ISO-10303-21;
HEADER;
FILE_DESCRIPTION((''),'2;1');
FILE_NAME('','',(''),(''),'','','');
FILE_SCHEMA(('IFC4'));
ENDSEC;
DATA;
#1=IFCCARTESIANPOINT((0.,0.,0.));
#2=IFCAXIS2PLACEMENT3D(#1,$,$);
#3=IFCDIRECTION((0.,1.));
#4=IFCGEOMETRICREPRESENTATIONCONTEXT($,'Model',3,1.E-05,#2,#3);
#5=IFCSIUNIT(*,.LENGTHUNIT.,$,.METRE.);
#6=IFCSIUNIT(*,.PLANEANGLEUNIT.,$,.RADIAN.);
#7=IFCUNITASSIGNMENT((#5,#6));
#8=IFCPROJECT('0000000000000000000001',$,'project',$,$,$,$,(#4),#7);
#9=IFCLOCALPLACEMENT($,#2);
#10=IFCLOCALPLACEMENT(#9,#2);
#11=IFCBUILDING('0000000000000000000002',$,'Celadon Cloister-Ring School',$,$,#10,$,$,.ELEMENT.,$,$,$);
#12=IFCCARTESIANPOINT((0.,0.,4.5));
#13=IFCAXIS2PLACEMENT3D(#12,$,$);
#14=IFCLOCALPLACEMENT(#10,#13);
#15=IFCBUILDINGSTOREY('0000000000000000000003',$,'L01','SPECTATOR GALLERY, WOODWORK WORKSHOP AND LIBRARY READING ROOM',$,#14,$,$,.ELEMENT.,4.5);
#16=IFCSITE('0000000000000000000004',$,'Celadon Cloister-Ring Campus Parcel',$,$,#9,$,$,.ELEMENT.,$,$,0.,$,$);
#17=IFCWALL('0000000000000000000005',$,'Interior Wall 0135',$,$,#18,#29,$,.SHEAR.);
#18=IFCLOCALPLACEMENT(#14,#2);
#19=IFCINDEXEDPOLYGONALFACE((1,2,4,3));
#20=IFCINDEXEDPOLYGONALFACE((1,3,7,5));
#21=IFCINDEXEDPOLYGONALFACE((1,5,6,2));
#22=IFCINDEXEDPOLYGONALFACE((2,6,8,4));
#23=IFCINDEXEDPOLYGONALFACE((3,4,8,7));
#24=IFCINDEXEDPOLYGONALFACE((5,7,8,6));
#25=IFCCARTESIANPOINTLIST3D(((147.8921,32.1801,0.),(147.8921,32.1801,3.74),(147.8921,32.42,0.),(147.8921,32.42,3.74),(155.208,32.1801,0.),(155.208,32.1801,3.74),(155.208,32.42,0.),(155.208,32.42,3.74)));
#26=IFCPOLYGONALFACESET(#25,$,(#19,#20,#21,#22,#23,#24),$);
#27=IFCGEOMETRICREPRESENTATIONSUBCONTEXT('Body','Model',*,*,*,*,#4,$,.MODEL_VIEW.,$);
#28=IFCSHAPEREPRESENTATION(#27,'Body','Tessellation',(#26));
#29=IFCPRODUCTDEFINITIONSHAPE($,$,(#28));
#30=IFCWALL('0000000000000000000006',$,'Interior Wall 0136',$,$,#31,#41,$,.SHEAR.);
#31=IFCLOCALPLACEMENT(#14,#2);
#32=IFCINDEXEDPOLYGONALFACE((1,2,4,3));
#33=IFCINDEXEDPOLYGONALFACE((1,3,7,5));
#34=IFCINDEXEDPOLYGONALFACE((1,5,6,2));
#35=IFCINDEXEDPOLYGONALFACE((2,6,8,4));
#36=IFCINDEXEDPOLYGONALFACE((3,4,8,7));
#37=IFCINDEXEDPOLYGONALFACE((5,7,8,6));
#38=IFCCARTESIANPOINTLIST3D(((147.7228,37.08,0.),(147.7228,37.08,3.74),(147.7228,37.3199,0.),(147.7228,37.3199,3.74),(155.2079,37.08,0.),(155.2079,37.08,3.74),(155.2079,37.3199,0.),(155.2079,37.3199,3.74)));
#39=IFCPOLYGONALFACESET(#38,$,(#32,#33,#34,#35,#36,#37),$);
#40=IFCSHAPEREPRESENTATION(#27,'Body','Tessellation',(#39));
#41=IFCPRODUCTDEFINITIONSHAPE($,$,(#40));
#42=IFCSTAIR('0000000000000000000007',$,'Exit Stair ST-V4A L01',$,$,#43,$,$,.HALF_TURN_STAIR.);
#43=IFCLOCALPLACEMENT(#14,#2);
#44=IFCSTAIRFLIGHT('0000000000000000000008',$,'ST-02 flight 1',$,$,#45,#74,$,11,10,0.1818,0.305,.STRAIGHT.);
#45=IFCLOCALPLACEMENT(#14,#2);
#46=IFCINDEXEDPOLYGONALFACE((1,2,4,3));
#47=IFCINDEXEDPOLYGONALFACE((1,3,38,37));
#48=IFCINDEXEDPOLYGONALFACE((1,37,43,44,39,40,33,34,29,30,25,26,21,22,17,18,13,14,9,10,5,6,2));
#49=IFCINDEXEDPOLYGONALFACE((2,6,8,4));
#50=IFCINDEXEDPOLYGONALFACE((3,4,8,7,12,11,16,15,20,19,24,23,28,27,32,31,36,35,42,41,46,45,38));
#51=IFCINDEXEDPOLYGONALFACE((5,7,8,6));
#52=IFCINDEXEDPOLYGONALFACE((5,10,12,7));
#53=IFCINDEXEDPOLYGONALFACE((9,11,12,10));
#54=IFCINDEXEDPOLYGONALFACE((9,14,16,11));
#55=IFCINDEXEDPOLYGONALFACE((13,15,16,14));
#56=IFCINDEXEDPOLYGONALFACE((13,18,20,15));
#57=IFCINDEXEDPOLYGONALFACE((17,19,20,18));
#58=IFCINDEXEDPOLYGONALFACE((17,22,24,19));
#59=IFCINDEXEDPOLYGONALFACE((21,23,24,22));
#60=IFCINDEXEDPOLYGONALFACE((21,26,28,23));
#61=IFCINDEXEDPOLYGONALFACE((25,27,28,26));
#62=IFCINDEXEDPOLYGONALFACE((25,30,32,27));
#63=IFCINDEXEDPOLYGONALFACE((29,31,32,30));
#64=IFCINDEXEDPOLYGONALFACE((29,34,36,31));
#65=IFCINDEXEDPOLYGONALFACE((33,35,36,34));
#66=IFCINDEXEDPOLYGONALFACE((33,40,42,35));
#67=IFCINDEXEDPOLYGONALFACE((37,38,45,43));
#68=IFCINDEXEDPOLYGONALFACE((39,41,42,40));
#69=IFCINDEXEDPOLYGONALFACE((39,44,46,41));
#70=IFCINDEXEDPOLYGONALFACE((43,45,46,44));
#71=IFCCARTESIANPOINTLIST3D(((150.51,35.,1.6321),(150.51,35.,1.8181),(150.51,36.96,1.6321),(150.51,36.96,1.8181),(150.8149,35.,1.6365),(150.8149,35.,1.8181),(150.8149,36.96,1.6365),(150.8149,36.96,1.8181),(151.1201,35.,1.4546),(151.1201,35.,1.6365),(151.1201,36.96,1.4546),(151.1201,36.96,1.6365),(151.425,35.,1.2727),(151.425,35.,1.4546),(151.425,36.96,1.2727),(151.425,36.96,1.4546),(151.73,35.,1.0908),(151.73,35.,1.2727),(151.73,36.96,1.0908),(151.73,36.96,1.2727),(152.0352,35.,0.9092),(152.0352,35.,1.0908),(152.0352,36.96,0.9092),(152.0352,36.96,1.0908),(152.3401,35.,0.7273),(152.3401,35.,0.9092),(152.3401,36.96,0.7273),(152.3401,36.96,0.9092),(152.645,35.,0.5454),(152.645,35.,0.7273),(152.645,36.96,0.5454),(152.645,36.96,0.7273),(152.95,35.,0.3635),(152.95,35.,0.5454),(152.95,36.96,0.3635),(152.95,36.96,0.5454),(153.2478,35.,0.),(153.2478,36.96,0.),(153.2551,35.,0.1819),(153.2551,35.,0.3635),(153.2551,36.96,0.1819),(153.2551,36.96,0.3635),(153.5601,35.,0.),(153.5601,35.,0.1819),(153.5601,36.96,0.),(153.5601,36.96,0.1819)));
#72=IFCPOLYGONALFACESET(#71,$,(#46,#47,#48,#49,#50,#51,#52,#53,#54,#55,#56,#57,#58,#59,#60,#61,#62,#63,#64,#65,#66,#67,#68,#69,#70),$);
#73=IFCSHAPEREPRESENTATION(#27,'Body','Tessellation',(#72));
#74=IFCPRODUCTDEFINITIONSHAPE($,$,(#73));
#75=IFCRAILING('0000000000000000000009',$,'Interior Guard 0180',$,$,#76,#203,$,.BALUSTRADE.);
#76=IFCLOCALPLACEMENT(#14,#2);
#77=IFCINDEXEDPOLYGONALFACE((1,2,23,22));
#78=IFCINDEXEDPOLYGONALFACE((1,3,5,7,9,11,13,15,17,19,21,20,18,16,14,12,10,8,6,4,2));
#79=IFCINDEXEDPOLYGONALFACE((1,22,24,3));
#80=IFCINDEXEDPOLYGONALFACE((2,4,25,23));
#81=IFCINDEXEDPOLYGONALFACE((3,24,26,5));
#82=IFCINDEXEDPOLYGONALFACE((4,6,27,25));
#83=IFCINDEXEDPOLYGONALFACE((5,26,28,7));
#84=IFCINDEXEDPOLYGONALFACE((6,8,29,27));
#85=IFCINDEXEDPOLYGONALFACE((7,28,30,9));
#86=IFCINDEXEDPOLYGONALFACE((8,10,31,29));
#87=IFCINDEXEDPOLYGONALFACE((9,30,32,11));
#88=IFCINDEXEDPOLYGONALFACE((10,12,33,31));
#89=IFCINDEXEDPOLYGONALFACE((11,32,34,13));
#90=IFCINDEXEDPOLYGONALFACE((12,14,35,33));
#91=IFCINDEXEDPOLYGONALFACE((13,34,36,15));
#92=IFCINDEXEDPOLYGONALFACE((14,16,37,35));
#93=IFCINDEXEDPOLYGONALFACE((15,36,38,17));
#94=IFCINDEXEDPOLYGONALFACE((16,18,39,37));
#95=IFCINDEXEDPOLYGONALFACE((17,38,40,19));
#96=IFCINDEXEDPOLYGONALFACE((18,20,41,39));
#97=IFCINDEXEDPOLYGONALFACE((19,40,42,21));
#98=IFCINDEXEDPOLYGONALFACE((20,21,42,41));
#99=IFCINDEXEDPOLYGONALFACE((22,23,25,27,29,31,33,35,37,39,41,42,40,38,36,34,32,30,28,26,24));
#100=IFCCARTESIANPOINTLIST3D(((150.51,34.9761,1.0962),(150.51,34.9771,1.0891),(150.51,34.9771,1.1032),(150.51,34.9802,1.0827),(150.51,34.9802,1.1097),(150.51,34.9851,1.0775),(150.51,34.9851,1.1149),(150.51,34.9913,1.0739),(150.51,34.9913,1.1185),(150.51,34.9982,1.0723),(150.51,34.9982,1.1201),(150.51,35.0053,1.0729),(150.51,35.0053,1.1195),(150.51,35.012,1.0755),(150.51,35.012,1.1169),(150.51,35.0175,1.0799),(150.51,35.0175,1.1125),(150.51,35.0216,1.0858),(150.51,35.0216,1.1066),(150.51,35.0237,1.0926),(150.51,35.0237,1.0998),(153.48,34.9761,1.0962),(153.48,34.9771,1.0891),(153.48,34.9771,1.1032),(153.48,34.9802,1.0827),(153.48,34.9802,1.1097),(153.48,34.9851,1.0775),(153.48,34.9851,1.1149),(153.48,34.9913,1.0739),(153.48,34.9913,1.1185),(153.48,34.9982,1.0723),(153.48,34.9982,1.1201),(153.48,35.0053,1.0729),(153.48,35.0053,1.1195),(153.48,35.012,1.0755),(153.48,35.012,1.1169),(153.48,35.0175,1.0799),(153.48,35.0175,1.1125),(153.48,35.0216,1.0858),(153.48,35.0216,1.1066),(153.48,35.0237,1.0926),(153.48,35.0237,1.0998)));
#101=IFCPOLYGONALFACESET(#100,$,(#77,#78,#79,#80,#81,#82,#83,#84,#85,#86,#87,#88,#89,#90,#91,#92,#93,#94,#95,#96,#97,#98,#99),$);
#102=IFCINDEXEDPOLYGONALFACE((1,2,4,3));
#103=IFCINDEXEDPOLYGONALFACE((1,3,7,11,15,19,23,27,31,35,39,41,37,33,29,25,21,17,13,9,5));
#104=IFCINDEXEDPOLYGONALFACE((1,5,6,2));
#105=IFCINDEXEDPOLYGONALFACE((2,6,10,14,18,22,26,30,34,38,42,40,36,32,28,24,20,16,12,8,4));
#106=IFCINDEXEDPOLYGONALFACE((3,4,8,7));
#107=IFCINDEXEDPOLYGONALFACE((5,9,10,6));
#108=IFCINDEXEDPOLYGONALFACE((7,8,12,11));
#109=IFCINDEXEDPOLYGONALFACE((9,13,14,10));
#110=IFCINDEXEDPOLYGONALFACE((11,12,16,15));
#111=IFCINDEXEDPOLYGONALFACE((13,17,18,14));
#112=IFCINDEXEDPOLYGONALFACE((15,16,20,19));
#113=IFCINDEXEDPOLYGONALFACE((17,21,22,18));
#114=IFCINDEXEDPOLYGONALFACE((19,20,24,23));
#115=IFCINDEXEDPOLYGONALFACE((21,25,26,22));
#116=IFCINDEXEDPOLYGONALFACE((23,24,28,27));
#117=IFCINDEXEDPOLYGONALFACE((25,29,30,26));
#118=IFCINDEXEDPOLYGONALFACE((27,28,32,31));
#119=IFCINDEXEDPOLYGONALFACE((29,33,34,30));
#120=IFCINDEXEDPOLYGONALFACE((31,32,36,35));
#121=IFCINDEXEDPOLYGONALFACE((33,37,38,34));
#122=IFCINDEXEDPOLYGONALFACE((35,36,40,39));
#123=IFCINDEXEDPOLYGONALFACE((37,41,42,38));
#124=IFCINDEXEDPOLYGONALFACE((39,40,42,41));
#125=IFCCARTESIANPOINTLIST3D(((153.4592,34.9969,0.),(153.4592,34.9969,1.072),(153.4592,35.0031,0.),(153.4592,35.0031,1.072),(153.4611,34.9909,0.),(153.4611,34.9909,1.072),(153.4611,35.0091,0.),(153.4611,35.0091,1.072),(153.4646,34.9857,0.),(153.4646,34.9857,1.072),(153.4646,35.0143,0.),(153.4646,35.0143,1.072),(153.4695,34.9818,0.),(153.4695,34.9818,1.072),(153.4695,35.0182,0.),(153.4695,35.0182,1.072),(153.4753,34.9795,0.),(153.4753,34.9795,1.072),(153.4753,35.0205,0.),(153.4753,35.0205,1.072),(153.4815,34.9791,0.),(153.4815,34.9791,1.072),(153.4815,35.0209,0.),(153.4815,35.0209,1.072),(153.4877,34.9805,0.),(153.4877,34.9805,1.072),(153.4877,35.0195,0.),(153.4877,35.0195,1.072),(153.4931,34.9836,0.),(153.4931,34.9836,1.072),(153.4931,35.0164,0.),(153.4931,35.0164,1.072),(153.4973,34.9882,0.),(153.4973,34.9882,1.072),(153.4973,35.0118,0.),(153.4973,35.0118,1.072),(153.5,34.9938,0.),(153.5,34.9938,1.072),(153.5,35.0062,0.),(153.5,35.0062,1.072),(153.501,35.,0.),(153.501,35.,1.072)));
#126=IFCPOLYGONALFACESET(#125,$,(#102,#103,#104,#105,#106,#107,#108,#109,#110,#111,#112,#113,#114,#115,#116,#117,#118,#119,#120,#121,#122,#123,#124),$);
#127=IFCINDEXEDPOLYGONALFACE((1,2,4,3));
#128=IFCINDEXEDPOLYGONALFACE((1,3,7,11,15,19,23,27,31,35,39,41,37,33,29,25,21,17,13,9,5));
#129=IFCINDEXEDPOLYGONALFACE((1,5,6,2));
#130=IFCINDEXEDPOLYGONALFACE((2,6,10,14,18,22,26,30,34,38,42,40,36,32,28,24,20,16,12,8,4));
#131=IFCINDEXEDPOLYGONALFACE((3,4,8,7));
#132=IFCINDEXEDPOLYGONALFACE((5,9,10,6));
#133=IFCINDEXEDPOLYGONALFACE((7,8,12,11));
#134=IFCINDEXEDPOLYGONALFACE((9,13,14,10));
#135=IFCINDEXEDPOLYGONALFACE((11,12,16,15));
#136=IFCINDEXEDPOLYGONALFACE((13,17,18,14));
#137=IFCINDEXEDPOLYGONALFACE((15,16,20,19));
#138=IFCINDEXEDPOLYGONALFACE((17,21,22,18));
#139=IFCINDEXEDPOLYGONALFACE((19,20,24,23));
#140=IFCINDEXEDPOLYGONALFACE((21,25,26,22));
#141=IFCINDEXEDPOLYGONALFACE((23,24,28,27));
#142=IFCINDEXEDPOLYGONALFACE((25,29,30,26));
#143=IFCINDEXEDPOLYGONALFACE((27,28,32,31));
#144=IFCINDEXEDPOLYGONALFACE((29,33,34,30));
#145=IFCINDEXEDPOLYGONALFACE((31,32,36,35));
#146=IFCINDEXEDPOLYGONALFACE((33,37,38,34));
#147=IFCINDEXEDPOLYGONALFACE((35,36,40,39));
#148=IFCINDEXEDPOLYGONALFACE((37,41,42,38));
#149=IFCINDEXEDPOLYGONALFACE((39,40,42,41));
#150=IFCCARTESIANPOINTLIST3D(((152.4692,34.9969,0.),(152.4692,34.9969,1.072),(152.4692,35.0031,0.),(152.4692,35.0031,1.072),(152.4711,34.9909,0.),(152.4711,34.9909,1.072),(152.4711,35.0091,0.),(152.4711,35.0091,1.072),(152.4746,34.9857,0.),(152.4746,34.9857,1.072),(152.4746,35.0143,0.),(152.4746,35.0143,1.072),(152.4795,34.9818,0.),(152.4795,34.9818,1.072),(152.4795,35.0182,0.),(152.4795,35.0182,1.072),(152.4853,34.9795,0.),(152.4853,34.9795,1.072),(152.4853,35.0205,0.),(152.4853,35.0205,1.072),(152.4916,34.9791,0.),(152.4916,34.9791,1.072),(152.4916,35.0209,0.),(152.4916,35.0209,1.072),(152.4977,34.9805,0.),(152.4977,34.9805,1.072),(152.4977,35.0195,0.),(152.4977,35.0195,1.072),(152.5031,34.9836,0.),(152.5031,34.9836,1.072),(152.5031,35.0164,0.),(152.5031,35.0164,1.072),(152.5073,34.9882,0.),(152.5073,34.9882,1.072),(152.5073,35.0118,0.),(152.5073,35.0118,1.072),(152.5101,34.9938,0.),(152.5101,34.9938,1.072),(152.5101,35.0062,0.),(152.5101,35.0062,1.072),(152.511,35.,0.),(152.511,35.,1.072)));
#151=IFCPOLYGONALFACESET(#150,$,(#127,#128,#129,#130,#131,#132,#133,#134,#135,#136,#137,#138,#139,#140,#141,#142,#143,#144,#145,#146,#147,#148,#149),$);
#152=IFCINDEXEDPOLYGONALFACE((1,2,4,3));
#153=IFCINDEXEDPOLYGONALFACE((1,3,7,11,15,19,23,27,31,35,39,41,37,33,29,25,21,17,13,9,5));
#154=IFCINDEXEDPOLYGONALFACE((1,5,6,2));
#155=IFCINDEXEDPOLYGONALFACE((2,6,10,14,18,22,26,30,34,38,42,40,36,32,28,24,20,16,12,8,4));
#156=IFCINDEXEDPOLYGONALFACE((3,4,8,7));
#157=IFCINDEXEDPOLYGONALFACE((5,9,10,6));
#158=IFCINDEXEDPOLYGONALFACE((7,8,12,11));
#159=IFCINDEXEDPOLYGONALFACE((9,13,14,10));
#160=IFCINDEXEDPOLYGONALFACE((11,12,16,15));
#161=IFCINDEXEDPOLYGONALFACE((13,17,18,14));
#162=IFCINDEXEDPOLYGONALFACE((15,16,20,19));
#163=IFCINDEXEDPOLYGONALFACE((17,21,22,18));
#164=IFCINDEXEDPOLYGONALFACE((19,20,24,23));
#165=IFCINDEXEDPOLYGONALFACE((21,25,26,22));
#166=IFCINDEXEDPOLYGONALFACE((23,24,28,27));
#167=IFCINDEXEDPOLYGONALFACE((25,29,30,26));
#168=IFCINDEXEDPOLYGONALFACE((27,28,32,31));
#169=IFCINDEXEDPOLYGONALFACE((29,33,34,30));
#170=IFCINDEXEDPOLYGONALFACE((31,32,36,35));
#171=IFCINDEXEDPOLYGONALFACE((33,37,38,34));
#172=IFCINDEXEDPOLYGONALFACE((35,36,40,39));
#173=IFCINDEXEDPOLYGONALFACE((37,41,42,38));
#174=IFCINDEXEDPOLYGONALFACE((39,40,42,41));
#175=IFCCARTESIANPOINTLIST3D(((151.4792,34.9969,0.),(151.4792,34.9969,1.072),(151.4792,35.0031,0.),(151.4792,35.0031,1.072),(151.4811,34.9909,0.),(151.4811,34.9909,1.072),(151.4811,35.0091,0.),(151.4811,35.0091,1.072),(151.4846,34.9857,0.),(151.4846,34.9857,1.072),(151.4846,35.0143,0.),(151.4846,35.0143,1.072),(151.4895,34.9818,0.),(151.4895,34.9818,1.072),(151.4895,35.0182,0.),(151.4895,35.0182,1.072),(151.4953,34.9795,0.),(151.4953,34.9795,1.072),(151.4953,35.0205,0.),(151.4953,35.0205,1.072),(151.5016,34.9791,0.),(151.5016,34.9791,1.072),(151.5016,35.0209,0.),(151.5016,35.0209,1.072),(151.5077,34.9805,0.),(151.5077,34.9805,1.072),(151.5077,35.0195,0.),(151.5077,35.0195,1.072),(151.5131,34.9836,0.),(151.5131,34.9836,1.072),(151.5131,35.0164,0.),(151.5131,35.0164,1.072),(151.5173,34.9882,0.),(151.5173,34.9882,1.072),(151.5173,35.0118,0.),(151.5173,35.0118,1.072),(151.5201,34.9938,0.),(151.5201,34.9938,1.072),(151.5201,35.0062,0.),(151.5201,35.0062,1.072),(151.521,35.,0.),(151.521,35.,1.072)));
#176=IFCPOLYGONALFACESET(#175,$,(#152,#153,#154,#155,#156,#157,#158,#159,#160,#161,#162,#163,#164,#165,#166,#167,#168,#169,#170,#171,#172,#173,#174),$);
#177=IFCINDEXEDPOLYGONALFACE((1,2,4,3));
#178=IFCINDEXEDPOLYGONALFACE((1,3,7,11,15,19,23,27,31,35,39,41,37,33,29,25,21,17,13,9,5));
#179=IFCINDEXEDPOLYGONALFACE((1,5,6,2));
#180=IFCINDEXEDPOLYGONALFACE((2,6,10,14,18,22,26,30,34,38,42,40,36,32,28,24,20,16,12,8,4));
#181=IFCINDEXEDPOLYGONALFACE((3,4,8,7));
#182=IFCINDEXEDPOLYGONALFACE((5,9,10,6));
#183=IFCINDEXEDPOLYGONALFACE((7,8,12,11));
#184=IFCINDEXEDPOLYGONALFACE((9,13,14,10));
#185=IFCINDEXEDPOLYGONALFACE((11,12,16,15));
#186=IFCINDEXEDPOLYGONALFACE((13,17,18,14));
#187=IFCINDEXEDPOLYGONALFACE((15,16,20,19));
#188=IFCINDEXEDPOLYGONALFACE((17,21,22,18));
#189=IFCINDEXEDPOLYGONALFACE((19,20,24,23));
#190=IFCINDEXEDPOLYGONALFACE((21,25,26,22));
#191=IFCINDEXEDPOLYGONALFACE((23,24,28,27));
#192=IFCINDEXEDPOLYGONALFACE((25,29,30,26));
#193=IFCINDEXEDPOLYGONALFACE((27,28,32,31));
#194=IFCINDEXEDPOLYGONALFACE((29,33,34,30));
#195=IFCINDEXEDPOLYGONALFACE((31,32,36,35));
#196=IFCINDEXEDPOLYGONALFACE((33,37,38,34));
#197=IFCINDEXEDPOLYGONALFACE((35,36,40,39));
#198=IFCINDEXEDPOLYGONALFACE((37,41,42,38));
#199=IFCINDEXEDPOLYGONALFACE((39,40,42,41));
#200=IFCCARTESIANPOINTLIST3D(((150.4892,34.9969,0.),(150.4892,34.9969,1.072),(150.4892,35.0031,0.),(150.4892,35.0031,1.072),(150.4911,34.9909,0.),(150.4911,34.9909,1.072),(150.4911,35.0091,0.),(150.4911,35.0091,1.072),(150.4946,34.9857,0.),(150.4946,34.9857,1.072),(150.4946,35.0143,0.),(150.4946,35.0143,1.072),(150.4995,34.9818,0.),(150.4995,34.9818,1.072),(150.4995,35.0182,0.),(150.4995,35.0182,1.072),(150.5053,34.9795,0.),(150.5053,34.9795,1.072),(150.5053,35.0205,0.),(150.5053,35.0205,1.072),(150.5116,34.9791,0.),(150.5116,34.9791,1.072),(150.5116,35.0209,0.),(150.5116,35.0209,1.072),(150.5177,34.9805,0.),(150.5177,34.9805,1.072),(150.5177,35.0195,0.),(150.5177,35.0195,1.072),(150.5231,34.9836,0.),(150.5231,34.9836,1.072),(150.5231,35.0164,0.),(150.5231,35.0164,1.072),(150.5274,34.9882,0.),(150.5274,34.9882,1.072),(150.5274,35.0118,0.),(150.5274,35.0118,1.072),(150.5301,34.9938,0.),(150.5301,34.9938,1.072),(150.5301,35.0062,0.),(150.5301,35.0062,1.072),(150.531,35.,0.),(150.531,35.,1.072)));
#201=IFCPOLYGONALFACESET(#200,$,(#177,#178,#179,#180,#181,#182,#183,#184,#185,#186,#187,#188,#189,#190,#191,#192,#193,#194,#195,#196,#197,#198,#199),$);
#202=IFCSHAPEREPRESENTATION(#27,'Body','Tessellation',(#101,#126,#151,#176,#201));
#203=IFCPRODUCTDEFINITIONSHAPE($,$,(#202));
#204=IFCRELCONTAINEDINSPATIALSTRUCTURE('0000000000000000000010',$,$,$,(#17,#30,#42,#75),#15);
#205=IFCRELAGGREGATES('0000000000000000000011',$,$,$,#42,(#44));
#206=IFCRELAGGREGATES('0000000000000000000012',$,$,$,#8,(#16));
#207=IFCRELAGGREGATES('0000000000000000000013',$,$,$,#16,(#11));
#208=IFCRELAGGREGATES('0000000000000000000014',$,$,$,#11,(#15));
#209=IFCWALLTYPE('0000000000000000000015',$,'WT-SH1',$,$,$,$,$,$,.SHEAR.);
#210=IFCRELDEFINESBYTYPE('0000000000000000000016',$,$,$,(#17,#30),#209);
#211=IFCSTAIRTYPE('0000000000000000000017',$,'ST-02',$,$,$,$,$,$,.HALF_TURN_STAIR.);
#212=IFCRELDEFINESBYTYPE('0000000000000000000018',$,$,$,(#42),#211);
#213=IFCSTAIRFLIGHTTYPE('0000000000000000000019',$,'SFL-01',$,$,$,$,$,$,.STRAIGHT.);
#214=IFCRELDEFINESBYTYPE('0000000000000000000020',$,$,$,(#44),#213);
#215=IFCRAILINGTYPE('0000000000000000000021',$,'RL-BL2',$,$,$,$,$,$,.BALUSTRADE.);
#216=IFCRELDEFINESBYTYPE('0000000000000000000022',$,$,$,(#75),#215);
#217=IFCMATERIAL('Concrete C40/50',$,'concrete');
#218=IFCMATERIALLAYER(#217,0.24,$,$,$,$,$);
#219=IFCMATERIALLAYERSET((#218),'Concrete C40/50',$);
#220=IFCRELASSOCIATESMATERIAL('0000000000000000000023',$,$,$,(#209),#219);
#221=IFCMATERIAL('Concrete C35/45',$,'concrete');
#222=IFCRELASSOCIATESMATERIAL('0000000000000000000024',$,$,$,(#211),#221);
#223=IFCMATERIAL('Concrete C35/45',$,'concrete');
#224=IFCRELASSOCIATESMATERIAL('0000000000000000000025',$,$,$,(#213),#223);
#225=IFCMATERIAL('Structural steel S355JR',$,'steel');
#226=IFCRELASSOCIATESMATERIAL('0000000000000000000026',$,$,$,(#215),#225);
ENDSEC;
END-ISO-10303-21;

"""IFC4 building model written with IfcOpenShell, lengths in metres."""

from ifc_helpers import new_model, si_unit, direction, frame, frame_2d, origin, origin_2d, place, context, subcontext, project, spatial, polyline, rectangle, circle, outline, extrude, material, layer, layer_set, type_object, element, aggregate, save


model = new_model("IFC4")

# Units and contexts
model_context = context("Model", 3, precision=1e-05, world=origin(), true_north=direction((0.0, 1.0)))
body_context = subcontext(model_context, "Body", "Model", "MODEL_VIEW")
ifc_project = project(units=[si_unit("LENGTHUNIT", "METRE"), si_unit("PLANEANGLEUNIT", "RADIAN")], contexts=[model_context])

# Site, building, storey
site_placement = place(None, origin())
site = spatial("IfcSite", under=ifc_project, at=site_placement, Name="Celadon Cloister-Ring Campus Parcel", CompositionType="ELEMENT", RefElevation=0.0)
building_placement = place(site_placement, origin())
building = spatial("IfcBuilding", under=site, at=building_placement, Name="Celadon Cloister-Ring School", CompositionType="ELEMENT")
storey_placement = place(building_placement, frame((0.0, 0.0, 4.5)))
storey = spatial("IfcBuildingStorey", under=building, at=storey_placement, Name="L01", Description="SPECTATOR GALLERY, WOODWORK WORKSHOP AND LIBRARY READING ROOM", CompositionType="ELEMENT", Elevation=4.5)

# Shared definitions
ifc_material_1 = material(Name="Concrete C40/50", Category="concrete")
ifc_layer_1 = layer(ifc_material_1, 0.24)
ifc_layer_set_1 = layer_set([ifc_layer_1], Name="Concrete C40/50")
wall_type_1 = type_object("IfcWallType", Name="WT-SH1", PredefinedType="SHEAR", material=ifc_layer_set_1)

# Walls
wall_1_placement = place(storey_placement, frame((155.208, 32.3, 0.0), z_axis=(0.0, 0.0, 1.0), x_axis=(-1.0, 0.0, 0.0)))
element("IfcWall", 1, at=wall_1_placement, inside=storey, type_object=wall_type_1, Name="Interior Wall 0135", PredefinedType="SHEAR", context=body_context, shape_type="SweptSolid", body=[
    extrude(rectangle(XDim=7.3159, YDim=0.24, at=frame_2d((3.658, 0.0))), origin(), (0.0, 0.0, 1.0), 3.74),
])
wall_2_placement = place(storey_placement, frame((155.208, 37.2, 0.0), z_axis=(0.0, 0.0, 1.0), x_axis=(-1.0, 0.0, 0.0)))
element("IfcWall", 2, at=wall_2_placement, inside=storey, type_object=wall_type_1, Name="Interior Wall 0136", PredefinedType="SHEAR", context=body_context, shape_type="SweptSolid", body=[
    extrude(rectangle(XDim=7.4851, YDim=0.24, at=frame_2d((3.7427, 0.0))), origin(), (0.0, 0.0, 1.0), 3.74),
])

# Stair, stair flight
ifc_material_2 = material(Name="Concrete C35/45", Category="concrete")
stair_type = type_object("IfcStairType", Name="ST-02", PredefinedType="HALF_TURN_STAIR", material=ifc_material_2)
stair_placement = place(storey_placement, origin())
stair = element("IfcStair", 3, at=stair_placement, inside=storey, type_object=stair_type, Name="Exit Stair ST-V4A L01", PredefinedType="HALF_TURN_STAIR")
ifc_material_3 = material(Name="Concrete C35/45", Category="concrete")
stair_flight_type = type_object("IfcStairFlightType", Name="SFL-01", PredefinedType="STRAIGHT", material=ifc_material_3)
stair_flight_placement = place(storey_placement, frame((153.5601, 35.98, 0.0), z_axis=(0.0, 0.0, 1.0), x_axis=(-1.0, 0.0, 0.0)))
stair_flight = element("IfcStairFlight", 4, at=stair_flight_placement, type_object=stair_flight_type, Name="ST-02 flight 1", NumberOfRisers=11, NumberOfTreads=10, PredefinedType="STRAIGHT", RiserHeight=0.1818, TreadLength=0.305, context=body_context, shape_type="SweptSolid", body=[
    extrude(outline(polyline([(0.0, 0.0), (0.0, 0.1819), (0.3049, 0.1819), (0.3049, 0.3635), (0.6101, 0.3635), (0.6101, 0.5454), (0.915, 0.5454), (0.915, 0.7273), (1.22, 0.7273), (1.22, 0.9092), (1.5249, 0.9092), (1.5249, 1.0908), (1.8301, 1.0908), (1.8301, 1.2727), (2.135, 1.2727), (2.135, 1.4546), (2.4399, 1.4546), (2.4399, 1.6365), (2.7451, 1.6365), (2.7451, 1.8181), (3.05, 1.8181), (3.05, 2.0), (3.05, 1.6321), (0.3123, 0.0), (0.0, 0.0)])), frame((0.0, 0.98, 0.0), z_axis=(0.0, -1.0, 0.0), x_axis=(1.0, 0.0, 0.0)), (0.0, 0.0, 1.0), 1.96),
])
aggregate(stair, [stair_flight])

# Railing
ifc_material_4 = material(Name="Structural steel S355JR", Category="steel")
railing_type_1 = type_object("IfcRailingType", Name="RL-BL2", PredefinedType="BALUSTRADE", material=ifc_material_4)
railing_placement = place(storey_placement, frame((153.48, 35.0, 0.0)))
element("IfcRailing", 5, at=railing_placement, inside=storey, type_object=railing_type_1, Name="Interior Guard 0180", PredefinedType="BALUSTRADE", context=body_context, shape_type="SweptSolid", body=[
    extrude(circle(Radius=0.0239, at=origin_2d()), frame((0.0, 0.0, 1.0962), z_axis=(-1.0, 0.0, 0.0), x_axis=(0.0, -1.0, 0.0)), (0.0, 0.0, 1.0), 2.97),
    extrude(circle(Radius=0.021, at=origin_2d()), origin(), (0.0, 0.0, 1.0), 1.072),
    extrude(circle(Radius=0.021, at=origin_2d()), frame((-0.99, 0.0, 0.0)), (0.0, 0.0, 1.0), 1.072),
    extrude(circle(Radius=0.021, at=origin_2d()), frame((-1.98, 0.0, 0.0)), (0.0, 0.0, 1.0), 1.072),
    extrude(circle(Radius=0.021, at=origin_2d()), frame((-2.97, 0.0, 0.0)), (0.0, 0.0, 1.0), 1.072),
])

save(model, "model.ifc")
